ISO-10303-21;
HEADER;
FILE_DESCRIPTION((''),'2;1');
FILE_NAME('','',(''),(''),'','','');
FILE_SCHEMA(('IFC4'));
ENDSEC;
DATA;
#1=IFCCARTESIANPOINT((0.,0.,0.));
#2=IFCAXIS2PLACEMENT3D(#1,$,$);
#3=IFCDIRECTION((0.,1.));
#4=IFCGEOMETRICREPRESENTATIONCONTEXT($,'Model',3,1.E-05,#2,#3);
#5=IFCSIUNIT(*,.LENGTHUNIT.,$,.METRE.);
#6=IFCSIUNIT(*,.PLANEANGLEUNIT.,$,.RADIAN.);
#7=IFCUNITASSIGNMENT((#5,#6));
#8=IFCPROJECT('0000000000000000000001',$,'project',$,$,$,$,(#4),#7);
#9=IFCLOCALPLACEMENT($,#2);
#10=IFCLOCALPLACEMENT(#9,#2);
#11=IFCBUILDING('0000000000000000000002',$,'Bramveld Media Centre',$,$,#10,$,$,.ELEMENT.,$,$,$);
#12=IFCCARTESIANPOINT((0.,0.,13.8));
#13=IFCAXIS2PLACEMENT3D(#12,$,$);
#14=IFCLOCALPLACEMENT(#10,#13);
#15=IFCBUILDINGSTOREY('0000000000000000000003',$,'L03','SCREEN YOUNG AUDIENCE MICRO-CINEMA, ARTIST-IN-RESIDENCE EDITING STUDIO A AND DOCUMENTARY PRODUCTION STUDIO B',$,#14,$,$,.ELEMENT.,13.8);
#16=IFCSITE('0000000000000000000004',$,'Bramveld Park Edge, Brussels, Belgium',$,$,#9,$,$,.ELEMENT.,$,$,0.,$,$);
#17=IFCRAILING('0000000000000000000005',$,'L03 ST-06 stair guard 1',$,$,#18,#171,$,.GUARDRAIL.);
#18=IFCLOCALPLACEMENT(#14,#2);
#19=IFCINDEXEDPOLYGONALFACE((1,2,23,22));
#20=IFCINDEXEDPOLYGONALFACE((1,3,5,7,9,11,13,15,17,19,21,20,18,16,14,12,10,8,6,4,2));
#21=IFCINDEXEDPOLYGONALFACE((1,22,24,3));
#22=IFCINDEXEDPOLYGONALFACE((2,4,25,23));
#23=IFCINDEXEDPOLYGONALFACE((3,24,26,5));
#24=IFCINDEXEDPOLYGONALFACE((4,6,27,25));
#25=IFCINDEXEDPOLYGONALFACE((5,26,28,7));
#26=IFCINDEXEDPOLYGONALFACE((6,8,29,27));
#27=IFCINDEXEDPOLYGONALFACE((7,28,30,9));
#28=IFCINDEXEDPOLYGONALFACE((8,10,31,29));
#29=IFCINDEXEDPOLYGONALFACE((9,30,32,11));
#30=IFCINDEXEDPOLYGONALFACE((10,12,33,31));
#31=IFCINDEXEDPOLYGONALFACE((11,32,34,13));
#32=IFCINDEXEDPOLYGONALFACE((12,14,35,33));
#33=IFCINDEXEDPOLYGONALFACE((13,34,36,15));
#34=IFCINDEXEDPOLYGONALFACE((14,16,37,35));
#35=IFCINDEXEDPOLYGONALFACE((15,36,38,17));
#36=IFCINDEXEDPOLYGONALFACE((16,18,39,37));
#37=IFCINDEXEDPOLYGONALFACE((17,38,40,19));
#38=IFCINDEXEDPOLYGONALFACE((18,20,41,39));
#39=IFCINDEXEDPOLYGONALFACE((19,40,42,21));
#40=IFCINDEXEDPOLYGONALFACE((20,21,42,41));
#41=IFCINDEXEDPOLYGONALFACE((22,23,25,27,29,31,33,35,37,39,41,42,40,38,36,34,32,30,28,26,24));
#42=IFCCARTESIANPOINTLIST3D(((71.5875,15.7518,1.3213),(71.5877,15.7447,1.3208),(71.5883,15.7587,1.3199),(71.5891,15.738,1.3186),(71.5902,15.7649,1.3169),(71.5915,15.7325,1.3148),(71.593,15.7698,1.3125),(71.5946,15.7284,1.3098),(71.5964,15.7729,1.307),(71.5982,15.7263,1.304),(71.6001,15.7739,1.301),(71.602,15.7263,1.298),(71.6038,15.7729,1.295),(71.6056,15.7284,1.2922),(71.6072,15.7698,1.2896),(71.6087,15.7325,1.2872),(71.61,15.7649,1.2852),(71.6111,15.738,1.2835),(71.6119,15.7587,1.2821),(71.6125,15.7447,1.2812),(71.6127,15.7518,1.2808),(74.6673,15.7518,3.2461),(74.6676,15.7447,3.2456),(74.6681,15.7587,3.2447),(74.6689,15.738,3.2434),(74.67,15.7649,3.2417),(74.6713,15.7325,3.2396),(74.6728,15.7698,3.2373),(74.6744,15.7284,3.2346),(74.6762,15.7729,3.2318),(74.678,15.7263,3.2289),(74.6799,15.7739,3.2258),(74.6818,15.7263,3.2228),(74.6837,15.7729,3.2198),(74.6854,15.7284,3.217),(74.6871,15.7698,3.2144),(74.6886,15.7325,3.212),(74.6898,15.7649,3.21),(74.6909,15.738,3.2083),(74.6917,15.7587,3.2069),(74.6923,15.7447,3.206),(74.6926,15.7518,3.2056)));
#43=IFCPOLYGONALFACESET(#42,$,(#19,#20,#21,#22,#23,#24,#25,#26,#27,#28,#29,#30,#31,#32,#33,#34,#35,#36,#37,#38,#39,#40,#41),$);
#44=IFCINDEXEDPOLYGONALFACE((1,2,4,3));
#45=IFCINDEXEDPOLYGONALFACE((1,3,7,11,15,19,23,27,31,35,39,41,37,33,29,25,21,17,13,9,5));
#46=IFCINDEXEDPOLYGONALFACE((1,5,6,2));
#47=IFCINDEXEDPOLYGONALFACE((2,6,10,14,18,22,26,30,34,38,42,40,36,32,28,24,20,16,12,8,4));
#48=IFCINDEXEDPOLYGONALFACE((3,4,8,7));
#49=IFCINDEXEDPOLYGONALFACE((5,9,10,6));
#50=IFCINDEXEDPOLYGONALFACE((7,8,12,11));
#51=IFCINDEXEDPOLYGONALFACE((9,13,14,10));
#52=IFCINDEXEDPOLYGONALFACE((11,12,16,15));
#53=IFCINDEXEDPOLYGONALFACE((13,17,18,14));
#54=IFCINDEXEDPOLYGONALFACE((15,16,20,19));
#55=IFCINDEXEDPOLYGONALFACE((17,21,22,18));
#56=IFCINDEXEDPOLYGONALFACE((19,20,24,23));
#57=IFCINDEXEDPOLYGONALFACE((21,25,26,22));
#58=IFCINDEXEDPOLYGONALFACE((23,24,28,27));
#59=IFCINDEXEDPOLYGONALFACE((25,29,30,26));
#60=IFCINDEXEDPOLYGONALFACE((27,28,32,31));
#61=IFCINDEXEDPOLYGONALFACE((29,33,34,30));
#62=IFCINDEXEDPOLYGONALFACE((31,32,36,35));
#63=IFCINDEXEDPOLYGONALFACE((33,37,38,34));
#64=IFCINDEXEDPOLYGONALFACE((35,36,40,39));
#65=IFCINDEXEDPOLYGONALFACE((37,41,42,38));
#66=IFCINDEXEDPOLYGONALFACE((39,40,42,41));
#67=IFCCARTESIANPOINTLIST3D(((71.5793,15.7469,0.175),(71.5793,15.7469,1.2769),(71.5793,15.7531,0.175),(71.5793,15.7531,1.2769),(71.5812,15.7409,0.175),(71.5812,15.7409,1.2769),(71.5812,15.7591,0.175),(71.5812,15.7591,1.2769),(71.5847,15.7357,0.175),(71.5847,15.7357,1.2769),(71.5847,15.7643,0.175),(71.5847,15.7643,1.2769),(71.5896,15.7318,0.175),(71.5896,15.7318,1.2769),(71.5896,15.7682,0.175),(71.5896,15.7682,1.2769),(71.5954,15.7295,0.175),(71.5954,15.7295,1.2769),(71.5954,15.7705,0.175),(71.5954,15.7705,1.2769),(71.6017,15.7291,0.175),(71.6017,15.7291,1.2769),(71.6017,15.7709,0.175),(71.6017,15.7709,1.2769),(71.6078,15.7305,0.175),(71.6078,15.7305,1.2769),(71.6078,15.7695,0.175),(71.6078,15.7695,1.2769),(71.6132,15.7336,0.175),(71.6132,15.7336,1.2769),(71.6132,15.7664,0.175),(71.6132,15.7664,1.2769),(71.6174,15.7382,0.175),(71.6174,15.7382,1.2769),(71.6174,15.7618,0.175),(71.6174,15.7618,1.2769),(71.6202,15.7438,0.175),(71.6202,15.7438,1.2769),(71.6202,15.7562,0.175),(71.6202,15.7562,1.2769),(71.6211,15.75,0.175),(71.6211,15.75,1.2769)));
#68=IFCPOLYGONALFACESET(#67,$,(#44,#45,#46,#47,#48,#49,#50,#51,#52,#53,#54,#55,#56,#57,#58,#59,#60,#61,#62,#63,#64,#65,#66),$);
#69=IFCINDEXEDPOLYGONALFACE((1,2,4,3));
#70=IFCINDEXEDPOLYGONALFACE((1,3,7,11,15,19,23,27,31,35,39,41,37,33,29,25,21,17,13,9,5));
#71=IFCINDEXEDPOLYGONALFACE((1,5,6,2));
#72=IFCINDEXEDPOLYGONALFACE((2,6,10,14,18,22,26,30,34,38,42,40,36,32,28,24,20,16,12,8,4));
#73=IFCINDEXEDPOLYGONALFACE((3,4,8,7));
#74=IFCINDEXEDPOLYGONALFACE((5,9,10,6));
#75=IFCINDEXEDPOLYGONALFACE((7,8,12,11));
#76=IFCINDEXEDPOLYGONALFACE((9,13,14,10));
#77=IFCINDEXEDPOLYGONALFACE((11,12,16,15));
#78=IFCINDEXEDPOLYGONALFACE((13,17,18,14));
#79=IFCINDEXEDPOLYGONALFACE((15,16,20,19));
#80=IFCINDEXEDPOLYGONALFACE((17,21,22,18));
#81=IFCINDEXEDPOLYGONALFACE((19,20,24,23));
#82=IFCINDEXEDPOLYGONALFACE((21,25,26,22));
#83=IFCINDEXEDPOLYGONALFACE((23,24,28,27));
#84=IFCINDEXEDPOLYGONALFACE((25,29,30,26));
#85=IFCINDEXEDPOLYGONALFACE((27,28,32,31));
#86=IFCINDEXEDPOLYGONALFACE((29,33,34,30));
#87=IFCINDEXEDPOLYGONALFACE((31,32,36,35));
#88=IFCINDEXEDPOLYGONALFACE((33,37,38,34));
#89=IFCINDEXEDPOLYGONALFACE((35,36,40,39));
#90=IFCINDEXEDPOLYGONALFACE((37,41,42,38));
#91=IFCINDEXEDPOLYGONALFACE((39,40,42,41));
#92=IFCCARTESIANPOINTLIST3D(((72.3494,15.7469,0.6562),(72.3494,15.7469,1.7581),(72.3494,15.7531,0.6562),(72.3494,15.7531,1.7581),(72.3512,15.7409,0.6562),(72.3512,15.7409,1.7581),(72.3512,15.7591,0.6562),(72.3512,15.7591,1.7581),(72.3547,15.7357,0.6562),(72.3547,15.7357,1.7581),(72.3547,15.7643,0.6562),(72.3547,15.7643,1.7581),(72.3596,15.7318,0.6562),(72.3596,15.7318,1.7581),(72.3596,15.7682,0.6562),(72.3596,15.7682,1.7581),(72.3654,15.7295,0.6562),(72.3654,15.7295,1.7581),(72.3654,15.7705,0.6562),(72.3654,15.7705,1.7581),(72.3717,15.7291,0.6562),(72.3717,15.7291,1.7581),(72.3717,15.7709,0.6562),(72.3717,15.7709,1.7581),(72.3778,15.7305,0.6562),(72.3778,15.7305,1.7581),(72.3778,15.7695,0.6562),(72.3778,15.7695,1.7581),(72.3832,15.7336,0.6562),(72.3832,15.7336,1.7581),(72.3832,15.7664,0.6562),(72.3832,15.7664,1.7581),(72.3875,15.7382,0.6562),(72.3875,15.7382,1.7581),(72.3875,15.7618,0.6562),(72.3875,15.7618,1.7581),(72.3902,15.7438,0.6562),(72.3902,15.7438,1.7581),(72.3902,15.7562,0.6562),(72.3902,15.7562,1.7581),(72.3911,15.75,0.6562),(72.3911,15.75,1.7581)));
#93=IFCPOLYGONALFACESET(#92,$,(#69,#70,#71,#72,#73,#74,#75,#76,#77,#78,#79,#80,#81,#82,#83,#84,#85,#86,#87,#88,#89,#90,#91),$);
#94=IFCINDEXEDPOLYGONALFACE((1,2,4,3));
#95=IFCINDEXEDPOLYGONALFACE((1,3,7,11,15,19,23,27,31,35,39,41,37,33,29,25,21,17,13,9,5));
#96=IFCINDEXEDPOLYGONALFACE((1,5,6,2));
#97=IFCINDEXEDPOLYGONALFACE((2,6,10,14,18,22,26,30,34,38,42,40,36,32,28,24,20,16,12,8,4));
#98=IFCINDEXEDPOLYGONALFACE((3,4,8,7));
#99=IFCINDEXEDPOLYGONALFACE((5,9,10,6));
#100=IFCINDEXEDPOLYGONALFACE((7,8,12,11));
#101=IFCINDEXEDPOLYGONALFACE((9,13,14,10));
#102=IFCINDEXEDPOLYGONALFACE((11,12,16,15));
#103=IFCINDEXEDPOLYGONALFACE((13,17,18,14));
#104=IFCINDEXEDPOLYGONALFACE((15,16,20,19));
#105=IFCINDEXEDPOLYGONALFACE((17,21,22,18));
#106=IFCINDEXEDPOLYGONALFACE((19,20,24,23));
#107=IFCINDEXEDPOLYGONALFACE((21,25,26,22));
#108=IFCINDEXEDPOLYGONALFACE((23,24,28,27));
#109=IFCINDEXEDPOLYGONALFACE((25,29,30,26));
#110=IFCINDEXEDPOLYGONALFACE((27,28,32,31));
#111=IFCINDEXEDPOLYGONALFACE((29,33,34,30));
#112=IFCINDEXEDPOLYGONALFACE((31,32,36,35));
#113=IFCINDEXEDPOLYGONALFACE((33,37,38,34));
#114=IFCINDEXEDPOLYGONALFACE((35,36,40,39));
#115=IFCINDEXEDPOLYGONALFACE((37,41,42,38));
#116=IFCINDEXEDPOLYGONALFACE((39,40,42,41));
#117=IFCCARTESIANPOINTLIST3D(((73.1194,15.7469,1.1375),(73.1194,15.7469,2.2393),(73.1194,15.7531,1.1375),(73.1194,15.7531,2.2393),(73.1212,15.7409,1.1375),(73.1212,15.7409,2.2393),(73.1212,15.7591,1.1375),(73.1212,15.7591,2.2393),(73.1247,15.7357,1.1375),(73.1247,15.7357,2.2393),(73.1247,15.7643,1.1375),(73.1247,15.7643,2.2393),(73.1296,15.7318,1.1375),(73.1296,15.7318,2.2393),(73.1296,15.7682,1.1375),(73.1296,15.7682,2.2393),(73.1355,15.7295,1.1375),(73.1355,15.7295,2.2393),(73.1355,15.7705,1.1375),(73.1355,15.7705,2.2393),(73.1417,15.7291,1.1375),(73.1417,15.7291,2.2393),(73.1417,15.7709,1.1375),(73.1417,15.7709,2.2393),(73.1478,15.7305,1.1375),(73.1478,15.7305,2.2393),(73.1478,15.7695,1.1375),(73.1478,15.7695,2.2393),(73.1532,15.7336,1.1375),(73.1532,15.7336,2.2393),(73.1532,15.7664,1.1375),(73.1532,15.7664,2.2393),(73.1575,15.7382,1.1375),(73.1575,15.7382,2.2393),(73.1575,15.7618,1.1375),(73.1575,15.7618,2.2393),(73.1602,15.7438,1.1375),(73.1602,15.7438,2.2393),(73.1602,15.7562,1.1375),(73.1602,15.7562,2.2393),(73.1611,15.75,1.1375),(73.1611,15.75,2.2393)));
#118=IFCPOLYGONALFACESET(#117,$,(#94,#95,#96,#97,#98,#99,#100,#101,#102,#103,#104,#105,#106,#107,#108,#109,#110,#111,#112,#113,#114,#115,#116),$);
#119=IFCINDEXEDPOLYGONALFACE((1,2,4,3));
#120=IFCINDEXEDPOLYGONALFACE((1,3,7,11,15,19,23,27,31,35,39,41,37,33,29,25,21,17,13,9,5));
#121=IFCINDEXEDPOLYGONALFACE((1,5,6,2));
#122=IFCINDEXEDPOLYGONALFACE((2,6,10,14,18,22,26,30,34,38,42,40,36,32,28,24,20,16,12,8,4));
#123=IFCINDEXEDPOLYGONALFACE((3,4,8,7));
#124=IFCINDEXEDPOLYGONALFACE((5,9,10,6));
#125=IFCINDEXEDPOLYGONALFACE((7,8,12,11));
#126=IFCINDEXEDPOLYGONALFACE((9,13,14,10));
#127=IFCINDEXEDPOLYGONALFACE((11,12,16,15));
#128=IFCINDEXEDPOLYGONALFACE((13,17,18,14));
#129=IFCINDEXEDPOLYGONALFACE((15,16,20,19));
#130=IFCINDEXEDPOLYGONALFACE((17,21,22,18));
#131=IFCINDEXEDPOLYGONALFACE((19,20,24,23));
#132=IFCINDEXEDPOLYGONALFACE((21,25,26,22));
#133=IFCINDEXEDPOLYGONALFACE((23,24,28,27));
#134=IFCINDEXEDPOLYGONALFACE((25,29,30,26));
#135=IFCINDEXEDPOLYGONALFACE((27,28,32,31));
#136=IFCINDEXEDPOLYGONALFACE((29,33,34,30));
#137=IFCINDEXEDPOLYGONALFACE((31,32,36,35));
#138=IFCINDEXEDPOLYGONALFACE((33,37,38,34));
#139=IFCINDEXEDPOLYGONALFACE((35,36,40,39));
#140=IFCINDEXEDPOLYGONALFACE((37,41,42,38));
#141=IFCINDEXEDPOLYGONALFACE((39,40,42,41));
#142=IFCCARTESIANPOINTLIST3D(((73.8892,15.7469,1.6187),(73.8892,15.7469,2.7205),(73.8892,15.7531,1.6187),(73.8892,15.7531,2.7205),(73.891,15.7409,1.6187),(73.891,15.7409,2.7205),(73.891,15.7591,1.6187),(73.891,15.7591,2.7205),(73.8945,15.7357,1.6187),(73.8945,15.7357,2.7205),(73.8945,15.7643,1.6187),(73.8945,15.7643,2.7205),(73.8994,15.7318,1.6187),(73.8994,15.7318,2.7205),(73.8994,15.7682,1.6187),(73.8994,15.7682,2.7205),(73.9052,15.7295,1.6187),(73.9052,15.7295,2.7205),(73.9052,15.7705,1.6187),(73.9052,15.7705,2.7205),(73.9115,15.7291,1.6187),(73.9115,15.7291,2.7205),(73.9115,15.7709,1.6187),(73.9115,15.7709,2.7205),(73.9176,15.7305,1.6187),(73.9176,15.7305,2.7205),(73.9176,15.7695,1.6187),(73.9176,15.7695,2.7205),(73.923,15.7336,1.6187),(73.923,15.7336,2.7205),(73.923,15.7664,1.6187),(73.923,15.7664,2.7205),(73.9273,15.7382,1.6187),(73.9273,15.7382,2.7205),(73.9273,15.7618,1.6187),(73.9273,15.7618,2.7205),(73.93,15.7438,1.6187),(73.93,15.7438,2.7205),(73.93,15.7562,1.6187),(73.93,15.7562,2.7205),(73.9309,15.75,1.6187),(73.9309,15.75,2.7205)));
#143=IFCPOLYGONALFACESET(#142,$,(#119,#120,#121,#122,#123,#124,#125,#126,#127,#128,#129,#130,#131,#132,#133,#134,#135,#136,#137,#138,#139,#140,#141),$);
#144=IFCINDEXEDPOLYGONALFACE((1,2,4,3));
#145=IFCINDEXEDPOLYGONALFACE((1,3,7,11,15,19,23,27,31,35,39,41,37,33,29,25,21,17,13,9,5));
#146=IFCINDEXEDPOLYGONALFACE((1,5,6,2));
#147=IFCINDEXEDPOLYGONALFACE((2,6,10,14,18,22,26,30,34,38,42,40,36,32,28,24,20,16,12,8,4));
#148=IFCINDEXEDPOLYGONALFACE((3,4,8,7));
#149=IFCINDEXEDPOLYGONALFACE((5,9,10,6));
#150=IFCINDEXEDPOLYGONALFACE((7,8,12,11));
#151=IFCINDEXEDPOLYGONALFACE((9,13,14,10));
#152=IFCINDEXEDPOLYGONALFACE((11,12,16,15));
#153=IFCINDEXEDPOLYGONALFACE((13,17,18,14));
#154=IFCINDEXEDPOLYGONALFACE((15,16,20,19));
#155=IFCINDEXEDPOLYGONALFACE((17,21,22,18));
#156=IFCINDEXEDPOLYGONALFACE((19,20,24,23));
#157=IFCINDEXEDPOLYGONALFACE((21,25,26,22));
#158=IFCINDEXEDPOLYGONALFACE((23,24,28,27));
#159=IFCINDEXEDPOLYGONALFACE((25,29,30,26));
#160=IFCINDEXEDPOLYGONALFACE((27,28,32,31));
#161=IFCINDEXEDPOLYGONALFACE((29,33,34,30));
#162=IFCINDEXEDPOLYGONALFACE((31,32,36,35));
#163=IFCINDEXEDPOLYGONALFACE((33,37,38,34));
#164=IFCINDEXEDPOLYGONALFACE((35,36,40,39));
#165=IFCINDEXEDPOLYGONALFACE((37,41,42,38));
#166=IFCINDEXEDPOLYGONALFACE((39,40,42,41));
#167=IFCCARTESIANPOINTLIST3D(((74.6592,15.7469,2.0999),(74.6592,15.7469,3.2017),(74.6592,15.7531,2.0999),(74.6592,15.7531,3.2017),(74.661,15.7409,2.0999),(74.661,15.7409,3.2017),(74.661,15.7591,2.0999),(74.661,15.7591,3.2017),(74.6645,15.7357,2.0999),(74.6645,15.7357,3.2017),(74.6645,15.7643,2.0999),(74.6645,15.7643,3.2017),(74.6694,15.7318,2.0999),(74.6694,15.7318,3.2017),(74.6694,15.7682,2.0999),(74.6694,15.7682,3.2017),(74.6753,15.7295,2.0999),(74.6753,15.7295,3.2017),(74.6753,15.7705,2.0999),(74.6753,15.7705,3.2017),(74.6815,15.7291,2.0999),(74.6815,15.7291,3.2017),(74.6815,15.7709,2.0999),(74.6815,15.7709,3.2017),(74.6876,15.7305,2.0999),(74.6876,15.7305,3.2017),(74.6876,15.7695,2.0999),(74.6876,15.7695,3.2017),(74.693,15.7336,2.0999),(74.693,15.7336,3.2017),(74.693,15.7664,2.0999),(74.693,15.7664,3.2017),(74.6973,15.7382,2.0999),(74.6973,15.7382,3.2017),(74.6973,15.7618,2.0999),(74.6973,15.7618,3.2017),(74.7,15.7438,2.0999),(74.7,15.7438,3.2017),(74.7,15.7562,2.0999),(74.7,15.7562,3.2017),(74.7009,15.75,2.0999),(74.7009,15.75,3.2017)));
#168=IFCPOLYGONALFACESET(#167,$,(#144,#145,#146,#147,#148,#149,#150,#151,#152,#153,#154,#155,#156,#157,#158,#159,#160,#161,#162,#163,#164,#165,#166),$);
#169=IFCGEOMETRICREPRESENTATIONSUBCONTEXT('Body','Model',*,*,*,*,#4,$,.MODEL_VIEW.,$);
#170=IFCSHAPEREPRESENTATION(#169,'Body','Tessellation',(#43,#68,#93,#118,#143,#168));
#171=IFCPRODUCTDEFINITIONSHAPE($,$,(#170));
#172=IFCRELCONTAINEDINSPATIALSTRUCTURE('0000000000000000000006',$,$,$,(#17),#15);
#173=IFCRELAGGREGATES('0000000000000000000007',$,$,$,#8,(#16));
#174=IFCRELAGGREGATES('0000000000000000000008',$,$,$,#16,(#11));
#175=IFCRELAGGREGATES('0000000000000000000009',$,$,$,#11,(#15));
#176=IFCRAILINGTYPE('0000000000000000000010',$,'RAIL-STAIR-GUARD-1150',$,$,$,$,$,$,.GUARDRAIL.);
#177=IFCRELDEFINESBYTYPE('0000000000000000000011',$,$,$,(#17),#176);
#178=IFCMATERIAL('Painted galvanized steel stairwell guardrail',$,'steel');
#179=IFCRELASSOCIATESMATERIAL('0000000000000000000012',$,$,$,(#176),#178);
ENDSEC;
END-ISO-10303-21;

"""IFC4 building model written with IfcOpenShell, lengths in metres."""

from ifc_helpers import new_model, si_unit, direction, frame, origin, origin_2d, place, context, subcontext, project, spatial, circle, extrude, material, type_object, element, save


model = new_model("IFC4")

# Units and contexts
model_context = context("Model", 3, precision=1e-05, world=origin(), true_north=direction((0.0, 1.0)))
body_context = subcontext(model_context, "Body", "Model", "MODEL_VIEW")
ifc_project = project(units=[si_unit("LENGTHUNIT", "METRE"), si_unit("PLANEANGLEUNIT", "RADIAN")], contexts=[model_context])

# Site, building, storey
site_placement = place(None, origin())
site = spatial("IfcSite", under=ifc_project, at=site_placement, Name="Bramveld Park Edge, Brussels, Belgium", CompositionType="ELEMENT", RefElevation=0.0)
building_placement = place(site_placement, origin())
building = spatial("IfcBuilding", under=site, at=building_placement, Name="Bramveld Media Centre", CompositionType="ELEMENT")
storey_placement = place(building_placement, frame((0.0, 0.0, 13.8)))
storey = spatial("IfcBuildingStorey", under=building, at=storey_placement, Name="L03", Description="SCREEN YOUNG AUDIENCE MICRO-CINEMA, ARTIST-IN-RESIDENCE EDITING STUDIO A AND DOCUMENTARY PRODUCTION STUDIO B", CompositionType="ELEMENT", Elevation=13.8)

# Railing
ifc_material_1 = material(Name="Painted galvanized steel stairwell guardrail", Category="steel")
railing_type_1 = type_object("IfcRailingType", Name="RAIL-STAIR-GUARD-1150", PredefinedType="GUARDRAIL", material=ifc_material_1)
railing_1_placement = place(storey_placement, frame((71.6001, 15.75, 0.175)))
element("IfcRailing", 1, at=railing_1_placement, inside=storey, type_object=railing_type_1, Name="L03 ST-06 stair guard 1", PredefinedType="GUARDRAIL", context=body_context, shape_type="SweptSolid", body=[
    extrude(circle(Radius=0.0239, at=origin_2d()), frame((0.0, 0.0, 1.126), z_axis=(0.84801, 0.0, 0.529981), x_axis=(0.0, 1.0, 0.0)), (0.0, 0.0, 1.0), 3.6318),
    extrude(circle(Radius=0.021, at=origin_2d()), origin(), (0.0, 0.0, 1.0), 1.1018),
    extrude(circle(Radius=0.021, at=origin_2d()), frame((0.77, 0.0, 0.4812)), (0.0, 0.0, 1.0), 1.1018),
    extrude(circle(Radius=0.021, at=origin_2d()), frame((1.54, 0.0, 0.9624)), (0.0, 0.0, 1.0), 1.1018),
    extrude(circle(Radius=0.021, at=origin_2d()), frame((2.3098, 0.0, 1.4436)), (0.0, 0.0, 1.0), 1.1018),
    extrude(circle(Radius=0.021, at=origin_2d()), frame((3.0798, 0.0, 1.9248)), (0.0, 0.0, 1.0), 1.1018),
])

save(model, "model.ifc")
